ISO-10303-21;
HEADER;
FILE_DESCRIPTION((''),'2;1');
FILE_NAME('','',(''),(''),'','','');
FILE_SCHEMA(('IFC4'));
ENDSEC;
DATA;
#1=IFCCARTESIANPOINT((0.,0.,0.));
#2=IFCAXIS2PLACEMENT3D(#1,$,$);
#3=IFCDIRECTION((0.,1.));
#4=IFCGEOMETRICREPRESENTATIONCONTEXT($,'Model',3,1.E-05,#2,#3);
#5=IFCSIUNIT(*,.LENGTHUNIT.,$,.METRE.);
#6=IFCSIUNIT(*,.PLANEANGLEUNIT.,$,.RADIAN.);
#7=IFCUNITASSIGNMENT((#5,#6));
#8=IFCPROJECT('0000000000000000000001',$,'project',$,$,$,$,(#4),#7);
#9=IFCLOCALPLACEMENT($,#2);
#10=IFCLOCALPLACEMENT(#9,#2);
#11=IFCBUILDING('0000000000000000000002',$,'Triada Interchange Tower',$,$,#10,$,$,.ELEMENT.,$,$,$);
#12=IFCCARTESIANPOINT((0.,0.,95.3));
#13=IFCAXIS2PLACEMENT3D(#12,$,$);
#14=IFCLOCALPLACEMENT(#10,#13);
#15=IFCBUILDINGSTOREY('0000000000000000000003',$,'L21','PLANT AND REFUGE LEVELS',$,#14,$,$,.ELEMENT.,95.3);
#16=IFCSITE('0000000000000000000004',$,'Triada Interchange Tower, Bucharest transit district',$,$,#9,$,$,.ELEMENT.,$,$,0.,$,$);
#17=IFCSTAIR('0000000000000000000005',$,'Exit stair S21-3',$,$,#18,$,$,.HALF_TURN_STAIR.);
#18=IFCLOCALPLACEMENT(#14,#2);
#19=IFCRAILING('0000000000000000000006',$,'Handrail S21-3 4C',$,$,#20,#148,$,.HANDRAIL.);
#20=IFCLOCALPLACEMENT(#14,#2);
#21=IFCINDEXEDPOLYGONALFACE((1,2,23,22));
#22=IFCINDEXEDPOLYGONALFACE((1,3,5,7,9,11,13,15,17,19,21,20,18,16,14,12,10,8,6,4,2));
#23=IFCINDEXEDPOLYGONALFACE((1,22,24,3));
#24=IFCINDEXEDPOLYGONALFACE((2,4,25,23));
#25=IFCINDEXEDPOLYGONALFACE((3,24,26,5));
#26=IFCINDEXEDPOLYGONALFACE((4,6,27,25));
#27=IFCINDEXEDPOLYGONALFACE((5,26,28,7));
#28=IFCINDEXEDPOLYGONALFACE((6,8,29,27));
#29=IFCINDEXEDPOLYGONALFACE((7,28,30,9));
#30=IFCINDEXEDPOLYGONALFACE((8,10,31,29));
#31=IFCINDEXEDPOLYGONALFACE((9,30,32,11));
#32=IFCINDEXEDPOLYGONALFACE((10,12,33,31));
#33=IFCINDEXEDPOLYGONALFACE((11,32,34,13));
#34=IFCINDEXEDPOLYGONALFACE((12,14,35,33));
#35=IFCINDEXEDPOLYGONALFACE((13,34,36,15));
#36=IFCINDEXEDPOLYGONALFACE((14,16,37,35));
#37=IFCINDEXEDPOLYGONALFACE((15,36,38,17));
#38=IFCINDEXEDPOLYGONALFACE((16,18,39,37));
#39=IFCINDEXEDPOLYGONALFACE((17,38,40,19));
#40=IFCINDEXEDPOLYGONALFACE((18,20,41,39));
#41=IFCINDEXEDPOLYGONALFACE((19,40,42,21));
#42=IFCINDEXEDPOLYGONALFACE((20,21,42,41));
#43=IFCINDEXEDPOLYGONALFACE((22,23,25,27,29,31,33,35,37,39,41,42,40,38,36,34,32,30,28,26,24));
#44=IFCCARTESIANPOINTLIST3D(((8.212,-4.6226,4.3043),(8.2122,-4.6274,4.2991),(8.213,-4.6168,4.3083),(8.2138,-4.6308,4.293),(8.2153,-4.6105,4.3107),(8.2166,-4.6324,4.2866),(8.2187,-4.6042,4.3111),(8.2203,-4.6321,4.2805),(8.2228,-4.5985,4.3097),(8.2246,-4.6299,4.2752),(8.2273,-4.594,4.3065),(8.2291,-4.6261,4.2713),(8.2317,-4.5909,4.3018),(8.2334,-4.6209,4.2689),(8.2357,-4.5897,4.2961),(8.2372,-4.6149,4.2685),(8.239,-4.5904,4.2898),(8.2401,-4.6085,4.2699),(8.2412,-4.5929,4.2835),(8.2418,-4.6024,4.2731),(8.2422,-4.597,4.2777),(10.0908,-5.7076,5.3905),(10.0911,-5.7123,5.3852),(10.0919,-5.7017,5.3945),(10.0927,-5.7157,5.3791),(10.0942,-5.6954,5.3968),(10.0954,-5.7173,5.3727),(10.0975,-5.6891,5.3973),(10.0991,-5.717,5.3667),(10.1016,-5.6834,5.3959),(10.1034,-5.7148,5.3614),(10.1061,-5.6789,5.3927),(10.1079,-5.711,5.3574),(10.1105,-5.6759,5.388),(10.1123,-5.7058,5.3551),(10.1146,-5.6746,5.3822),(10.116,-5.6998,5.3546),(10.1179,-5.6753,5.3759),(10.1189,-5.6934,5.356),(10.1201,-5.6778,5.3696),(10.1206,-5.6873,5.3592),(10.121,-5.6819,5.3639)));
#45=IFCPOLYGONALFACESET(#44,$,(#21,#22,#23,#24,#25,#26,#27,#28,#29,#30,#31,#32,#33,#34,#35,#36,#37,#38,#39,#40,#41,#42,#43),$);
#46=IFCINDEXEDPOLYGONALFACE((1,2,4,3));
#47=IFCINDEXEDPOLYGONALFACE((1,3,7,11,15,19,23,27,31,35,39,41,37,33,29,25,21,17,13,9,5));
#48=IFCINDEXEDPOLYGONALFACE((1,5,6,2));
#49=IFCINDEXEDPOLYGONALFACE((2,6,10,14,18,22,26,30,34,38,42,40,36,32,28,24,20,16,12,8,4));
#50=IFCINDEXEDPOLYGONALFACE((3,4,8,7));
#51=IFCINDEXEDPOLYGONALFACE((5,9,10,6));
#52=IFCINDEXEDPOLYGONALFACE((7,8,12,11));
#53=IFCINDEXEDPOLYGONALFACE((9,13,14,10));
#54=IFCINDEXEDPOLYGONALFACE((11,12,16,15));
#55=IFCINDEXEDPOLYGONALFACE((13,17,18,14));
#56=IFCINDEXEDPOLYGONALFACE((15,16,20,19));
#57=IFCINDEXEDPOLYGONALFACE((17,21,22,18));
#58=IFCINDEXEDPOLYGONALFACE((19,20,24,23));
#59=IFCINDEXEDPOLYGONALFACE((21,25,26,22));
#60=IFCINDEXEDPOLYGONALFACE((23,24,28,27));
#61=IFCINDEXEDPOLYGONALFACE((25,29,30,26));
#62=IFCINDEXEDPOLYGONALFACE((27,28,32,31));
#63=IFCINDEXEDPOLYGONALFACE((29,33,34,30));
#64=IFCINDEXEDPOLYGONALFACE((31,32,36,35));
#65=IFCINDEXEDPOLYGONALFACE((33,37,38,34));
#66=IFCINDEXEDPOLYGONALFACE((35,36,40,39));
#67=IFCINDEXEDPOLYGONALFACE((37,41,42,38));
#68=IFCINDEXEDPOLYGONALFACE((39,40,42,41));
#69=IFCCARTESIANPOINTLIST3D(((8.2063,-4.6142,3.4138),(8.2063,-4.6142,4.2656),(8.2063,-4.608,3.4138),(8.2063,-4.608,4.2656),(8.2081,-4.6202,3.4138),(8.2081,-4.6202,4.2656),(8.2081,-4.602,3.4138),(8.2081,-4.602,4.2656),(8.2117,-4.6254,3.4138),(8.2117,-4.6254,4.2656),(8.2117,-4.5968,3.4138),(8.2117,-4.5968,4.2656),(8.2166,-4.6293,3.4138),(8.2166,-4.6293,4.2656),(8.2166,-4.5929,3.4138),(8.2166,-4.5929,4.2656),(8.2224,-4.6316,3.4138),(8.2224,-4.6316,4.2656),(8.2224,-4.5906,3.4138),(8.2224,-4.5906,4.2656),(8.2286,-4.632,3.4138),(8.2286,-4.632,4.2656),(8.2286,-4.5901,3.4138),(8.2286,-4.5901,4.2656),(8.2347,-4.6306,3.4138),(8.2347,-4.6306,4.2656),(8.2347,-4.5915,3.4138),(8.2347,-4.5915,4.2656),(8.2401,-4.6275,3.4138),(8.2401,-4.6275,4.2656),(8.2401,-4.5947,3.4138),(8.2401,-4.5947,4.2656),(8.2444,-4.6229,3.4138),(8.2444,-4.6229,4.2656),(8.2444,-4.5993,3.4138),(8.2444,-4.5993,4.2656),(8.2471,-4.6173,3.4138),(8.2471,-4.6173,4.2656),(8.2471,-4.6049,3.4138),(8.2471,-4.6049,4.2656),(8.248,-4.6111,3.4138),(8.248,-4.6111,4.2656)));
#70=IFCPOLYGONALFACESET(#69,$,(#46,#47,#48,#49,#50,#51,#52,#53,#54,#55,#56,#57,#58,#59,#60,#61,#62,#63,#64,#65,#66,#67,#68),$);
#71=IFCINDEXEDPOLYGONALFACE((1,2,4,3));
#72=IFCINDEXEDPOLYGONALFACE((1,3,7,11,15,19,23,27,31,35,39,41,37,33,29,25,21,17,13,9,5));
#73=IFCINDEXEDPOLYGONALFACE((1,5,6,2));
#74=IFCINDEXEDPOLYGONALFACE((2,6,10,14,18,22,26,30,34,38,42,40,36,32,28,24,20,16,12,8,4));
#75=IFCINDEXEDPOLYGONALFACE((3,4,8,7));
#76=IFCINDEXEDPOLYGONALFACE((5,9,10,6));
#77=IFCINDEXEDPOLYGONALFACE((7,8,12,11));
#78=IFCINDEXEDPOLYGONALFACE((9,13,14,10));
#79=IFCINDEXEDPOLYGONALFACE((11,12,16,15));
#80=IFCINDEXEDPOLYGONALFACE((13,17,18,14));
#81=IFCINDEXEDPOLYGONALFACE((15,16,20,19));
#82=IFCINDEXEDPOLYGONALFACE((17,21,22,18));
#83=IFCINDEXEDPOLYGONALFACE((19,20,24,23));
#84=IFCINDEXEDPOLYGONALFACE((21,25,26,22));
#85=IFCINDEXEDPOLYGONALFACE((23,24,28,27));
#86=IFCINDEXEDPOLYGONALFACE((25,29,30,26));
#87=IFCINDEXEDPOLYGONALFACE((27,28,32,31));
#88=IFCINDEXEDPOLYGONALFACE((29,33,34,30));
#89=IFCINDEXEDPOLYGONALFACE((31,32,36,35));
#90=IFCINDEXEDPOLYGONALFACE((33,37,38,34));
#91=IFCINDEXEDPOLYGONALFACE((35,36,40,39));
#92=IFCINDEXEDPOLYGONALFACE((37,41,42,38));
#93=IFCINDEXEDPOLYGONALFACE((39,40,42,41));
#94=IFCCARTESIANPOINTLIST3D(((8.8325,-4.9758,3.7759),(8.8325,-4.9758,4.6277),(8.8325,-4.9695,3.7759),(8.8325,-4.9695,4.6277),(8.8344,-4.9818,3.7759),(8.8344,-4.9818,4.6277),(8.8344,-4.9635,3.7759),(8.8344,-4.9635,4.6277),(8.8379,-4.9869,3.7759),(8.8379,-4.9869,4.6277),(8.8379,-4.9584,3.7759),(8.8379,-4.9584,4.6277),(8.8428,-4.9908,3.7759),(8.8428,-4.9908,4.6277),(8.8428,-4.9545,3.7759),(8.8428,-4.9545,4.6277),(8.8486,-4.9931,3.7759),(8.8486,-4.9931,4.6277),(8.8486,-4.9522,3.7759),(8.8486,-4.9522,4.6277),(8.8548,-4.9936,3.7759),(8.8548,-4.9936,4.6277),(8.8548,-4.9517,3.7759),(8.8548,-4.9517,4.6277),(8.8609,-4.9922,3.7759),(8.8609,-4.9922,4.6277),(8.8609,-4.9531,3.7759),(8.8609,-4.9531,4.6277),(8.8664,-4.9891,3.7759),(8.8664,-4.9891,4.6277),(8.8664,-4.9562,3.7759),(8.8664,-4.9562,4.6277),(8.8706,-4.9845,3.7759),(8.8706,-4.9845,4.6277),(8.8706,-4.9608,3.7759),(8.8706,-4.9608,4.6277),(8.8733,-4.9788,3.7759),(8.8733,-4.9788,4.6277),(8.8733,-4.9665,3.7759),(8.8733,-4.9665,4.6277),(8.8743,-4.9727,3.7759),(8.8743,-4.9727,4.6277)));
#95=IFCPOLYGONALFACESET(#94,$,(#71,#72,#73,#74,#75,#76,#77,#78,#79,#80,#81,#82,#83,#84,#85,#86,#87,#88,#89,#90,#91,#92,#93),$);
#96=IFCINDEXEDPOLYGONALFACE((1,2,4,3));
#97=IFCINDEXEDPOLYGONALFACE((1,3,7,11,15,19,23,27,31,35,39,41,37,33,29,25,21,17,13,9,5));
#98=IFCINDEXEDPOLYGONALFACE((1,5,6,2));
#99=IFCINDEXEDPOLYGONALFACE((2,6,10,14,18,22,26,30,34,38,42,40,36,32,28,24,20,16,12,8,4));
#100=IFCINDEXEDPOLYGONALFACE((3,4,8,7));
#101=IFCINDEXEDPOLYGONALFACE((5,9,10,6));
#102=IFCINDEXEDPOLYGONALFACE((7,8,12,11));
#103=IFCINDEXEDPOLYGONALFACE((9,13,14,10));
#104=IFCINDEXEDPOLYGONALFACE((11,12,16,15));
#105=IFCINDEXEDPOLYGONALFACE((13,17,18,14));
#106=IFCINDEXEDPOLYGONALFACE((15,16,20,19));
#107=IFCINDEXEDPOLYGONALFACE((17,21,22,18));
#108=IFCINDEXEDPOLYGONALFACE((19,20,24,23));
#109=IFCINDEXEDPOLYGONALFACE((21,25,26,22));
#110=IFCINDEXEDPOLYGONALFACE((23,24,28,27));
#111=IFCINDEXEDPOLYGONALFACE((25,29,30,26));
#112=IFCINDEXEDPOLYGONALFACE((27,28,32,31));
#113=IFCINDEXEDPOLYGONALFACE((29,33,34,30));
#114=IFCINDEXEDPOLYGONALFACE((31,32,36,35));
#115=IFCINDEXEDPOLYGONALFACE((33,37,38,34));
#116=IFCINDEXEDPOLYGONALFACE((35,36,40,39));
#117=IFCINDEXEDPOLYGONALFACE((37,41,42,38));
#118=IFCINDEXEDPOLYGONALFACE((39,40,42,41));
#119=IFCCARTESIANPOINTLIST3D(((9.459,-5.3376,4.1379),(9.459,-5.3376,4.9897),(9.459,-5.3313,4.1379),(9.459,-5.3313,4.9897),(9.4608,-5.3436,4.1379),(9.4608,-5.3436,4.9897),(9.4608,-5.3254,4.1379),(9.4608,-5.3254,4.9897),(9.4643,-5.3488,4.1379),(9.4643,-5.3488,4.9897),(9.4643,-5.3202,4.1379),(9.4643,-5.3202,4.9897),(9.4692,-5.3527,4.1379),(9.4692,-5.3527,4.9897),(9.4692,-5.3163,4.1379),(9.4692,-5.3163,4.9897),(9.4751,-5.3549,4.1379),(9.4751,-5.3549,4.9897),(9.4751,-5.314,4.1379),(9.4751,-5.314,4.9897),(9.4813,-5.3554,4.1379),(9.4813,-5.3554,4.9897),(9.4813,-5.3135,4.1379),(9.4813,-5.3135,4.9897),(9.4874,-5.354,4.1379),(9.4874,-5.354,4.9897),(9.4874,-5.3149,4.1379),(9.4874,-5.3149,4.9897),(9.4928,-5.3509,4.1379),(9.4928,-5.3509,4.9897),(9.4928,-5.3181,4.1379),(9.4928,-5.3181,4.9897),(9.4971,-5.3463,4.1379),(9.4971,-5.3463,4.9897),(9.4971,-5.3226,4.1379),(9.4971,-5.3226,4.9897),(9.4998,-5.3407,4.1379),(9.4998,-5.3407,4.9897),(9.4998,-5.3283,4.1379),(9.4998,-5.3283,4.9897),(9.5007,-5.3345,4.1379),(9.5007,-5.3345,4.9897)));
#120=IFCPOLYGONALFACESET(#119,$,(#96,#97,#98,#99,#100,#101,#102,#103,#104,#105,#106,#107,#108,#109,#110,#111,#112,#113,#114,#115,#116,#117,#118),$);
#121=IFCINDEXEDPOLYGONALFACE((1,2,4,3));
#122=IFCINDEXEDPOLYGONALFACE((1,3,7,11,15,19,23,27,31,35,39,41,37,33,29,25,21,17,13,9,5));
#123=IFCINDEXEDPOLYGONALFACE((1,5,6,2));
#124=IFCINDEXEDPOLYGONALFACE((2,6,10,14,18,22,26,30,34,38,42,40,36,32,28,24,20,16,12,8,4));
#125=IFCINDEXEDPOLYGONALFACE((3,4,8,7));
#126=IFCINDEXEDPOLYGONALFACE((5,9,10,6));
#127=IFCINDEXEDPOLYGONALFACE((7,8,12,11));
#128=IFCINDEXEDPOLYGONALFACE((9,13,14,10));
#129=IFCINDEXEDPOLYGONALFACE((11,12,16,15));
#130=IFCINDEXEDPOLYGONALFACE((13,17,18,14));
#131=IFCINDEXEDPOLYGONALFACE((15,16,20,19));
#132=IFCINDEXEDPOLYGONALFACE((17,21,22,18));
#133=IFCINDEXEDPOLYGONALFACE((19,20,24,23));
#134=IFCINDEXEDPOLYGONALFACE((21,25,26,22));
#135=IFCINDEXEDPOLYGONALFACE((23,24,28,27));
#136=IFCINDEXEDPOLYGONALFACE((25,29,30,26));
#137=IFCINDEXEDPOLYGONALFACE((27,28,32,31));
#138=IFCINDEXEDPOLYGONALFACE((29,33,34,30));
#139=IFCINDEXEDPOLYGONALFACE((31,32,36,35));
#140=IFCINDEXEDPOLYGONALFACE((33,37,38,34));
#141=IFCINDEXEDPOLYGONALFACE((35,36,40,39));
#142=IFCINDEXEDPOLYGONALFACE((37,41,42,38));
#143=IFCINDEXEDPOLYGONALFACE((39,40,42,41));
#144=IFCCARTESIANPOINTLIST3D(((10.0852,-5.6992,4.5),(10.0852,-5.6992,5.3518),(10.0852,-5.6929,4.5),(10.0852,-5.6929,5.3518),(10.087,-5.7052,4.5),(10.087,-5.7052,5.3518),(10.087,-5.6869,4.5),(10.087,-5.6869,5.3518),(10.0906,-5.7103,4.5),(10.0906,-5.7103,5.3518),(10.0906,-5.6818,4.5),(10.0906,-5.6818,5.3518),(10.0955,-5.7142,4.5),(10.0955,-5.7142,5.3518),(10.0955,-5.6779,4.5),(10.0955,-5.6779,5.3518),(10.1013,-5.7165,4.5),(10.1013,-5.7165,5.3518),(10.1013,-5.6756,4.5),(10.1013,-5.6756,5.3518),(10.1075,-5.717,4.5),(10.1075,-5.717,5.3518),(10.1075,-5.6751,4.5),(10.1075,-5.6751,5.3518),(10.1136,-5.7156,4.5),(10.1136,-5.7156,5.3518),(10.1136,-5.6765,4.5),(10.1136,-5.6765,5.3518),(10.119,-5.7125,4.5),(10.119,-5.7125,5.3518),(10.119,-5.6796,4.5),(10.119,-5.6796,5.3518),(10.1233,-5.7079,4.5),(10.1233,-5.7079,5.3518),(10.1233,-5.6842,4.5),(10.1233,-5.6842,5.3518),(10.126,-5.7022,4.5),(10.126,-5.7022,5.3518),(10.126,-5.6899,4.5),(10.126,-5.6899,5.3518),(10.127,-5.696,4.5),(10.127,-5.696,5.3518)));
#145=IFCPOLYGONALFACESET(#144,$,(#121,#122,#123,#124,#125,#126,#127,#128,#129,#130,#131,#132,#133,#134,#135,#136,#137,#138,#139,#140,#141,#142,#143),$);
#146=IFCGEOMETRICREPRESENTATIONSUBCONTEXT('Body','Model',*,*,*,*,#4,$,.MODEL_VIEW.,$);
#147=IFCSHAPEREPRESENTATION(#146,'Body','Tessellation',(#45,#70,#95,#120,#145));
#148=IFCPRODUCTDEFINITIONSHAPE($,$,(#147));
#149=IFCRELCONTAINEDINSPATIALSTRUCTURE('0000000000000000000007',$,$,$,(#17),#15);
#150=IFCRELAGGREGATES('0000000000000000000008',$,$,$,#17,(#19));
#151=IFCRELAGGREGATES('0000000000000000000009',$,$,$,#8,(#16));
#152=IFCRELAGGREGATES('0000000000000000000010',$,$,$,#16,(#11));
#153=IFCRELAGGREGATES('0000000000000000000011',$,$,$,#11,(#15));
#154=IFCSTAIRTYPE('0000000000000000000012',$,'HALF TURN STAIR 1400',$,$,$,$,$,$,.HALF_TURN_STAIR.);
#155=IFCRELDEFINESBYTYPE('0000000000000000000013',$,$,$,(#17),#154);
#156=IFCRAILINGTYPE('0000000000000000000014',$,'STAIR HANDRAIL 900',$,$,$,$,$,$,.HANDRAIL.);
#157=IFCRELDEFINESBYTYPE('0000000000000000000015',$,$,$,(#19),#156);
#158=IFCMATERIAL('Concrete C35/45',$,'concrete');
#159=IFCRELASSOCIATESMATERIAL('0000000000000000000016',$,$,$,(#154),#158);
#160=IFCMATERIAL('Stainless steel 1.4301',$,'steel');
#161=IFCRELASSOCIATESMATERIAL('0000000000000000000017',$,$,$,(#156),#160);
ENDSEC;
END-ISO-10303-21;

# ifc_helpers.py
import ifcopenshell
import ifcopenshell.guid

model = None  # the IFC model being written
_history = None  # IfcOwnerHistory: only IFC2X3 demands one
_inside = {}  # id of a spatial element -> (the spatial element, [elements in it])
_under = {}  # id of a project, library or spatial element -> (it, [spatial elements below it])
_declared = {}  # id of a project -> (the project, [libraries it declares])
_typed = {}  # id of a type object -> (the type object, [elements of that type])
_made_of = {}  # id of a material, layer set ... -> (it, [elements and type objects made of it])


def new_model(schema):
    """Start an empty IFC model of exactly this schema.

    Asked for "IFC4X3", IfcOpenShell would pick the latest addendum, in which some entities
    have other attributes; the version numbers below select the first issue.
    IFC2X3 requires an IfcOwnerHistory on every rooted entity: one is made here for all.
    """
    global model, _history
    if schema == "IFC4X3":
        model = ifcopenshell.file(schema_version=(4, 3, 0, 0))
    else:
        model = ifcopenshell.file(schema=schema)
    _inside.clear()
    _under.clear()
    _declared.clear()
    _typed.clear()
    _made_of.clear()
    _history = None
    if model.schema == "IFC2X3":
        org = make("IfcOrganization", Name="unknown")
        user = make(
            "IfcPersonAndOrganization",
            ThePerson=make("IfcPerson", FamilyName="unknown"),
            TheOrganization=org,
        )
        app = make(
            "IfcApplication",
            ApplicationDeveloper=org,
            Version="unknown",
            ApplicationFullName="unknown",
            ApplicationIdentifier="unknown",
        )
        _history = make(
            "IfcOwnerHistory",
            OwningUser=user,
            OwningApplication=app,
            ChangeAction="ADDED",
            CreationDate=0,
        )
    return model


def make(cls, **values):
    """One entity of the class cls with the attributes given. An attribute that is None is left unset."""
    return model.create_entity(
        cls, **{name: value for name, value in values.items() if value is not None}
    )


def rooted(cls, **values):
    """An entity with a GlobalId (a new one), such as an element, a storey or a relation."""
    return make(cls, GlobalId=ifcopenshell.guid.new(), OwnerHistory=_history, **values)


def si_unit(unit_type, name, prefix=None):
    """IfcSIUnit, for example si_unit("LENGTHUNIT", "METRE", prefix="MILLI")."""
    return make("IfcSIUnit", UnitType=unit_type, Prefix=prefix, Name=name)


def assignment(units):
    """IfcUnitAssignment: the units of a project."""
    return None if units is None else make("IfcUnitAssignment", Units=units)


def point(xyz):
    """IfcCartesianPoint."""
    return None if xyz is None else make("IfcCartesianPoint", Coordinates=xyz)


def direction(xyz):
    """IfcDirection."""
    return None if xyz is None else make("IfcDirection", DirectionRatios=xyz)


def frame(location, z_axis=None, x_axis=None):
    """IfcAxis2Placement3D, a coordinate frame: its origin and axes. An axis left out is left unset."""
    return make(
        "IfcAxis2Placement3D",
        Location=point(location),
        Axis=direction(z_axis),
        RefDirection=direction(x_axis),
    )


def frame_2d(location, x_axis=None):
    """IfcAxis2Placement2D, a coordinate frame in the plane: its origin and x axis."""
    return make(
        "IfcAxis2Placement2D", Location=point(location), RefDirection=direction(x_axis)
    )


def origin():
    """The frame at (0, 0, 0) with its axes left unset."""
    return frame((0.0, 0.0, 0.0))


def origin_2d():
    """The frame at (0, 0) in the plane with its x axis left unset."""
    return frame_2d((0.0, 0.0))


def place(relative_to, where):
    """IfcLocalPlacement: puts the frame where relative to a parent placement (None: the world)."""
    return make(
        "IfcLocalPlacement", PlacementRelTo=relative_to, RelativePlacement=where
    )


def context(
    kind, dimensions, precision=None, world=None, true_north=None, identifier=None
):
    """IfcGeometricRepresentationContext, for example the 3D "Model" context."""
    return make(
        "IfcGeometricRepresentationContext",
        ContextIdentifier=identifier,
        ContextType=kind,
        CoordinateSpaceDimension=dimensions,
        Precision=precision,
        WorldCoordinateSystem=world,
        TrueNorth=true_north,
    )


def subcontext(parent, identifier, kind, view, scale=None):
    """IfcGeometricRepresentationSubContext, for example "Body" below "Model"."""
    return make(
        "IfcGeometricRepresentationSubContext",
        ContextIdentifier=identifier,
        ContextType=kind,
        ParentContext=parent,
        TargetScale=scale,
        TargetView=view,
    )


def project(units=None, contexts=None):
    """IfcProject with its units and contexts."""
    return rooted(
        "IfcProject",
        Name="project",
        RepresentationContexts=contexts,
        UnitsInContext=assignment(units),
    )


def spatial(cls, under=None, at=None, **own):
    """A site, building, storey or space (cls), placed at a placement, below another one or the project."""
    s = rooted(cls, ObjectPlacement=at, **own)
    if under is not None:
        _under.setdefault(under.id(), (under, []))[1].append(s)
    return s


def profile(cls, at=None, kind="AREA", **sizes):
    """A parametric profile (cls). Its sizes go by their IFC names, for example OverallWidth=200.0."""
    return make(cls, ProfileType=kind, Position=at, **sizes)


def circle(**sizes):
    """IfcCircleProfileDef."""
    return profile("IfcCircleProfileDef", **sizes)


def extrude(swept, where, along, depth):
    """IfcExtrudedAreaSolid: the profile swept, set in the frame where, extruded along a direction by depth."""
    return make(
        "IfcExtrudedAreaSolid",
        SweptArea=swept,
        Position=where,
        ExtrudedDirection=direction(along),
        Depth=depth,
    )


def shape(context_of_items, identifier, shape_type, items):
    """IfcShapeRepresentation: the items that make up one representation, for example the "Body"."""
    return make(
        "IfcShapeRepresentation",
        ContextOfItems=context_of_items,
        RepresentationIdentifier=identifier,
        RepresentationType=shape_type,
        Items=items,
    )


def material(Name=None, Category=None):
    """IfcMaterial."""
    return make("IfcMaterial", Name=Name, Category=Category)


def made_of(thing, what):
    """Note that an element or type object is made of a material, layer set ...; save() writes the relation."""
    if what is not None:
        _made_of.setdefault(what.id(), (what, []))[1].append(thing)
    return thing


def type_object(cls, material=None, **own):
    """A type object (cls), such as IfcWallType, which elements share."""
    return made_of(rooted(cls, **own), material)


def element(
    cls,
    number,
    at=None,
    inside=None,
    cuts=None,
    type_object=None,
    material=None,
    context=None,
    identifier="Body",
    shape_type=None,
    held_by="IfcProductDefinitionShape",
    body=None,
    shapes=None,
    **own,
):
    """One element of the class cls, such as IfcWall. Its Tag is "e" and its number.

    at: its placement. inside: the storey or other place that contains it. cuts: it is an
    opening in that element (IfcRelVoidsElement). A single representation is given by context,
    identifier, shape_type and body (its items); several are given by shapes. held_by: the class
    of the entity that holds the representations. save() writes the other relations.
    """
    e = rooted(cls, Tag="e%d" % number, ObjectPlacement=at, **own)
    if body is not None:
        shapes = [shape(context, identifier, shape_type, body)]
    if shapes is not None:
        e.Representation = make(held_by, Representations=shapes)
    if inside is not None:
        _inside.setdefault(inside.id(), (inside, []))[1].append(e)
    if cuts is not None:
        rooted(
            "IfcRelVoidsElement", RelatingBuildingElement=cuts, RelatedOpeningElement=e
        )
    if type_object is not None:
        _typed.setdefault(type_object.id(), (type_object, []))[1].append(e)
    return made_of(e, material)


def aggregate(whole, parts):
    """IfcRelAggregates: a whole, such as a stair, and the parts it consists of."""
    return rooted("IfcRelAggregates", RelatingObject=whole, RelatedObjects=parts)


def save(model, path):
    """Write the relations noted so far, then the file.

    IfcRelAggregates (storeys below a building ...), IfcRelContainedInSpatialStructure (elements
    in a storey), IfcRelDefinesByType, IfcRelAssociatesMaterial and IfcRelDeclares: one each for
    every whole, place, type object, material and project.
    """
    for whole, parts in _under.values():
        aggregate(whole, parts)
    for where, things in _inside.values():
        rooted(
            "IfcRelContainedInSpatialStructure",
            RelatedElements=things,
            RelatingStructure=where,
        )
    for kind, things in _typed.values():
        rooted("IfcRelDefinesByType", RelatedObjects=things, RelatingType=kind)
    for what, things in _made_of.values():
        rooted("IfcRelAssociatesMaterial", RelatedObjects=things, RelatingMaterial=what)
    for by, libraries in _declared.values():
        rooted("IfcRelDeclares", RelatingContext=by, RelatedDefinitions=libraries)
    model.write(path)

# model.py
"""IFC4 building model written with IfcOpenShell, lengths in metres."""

from ifc_helpers import new_model, si_unit, direction, frame, origin, origin_2d, place, context, subcontext, project, spatial, circle, extrude, material, type_object, element, aggregate, save


model = new_model("IFC4")

# Units and contexts
model_context = context("Model", 3, precision=1e-05, world=origin(), true_north=direction((0.0, 1.0)))
body_context = subcontext(model_context, "Body", "Model", "MODEL_VIEW")
ifc_project = project(units=[si_unit("LENGTHUNIT", "METRE"), si_unit("PLANEANGLEUNIT", "RADIAN")], contexts=[model_context])

# Site, building, storey
site_placement = place(None, origin())
site = spatial("IfcSite", under=ifc_project, at=site_placement, Name="Triada Interchange Tower, Bucharest transit district", CompositionType="ELEMENT", RefElevation=0.0)
building_placement = place(site_placement, origin())
building = spatial("IfcBuilding", under=site, at=building_placement, Name="Triada Interchange Tower", CompositionType="ELEMENT")
storey_placement = place(building_placement, frame((0.0, 0.0, 95.3)))
storey = spatial("IfcBuildingStorey", under=building, at=storey_placement, Name="L21", Description="PLANT AND REFUGE LEVELS", CompositionType="ELEMENT", Elevation=95.3)

# Shared definitions
ifc_material_1 = material(Name="Concrete C35/45", Category="concrete")

# Stair, railing
stair_type = type_object("IfcStairType", Name="HALF TURN STAIR 1400", PredefinedType="HALF_TURN_STAIR", material=ifc_material_1)
stair_placement = place(storey_placement, origin())
stair = element("IfcStair", 1, at=stair_placement, inside=storey, type_object=stair_type, Name="Exit stair S21-3", PredefinedType="HALF_TURN_STAIR")
ifc_material_2 = material(Name="Stainless steel 1.4301", Category="steel")
railing_type_1 = type_object("IfcRailingType", Name="STAIR HANDRAIL 900", PredefinedType="HANDRAIL", material=ifc_material_2)
railing_1_placement = place(storey_placement, frame((8.2271, -4.6111, 3.4138)))
railing_1 = element("IfcRailing", 2, at=railing_1_placement, type_object=railing_type_1, Name="Handrail S21-3 4C", PredefinedType="HANDRAIL", context=body_context, shape_type="SweptSolid", body=[
    extrude(circle(Radius=0.0239, at=origin_2d()), frame((0.0, 0.0, 0.876), z_axis=(0.774373, -0.447156, 0.447659), x_axis=(0.50006, 0.865991, 0.0)), (0.0, 0.0, 1.0), 2.4263),
    extrude(circle(Radius=0.021, at=origin_2d()), origin(), (0.0, 0.0, 1.0), 0.8518),
    extrude(circle(Radius=0.021, at=origin_2d()), frame((0.6262, -0.3616, 0.3621)), (0.0, 0.0, 1.0), 0.8518),
    extrude(circle(Radius=0.021, at=origin_2d()), frame((1.2527, -0.7234, 0.7241)), (0.0, 0.0, 1.0), 0.8518),
    extrude(circle(Radius=0.021, at=origin_2d()), frame((1.8789, -1.085, 1.0862)), (0.0, 0.0, 1.0), 0.8518),
])
aggregate(stair, [railing_1])

save(model, "model.ifc")
